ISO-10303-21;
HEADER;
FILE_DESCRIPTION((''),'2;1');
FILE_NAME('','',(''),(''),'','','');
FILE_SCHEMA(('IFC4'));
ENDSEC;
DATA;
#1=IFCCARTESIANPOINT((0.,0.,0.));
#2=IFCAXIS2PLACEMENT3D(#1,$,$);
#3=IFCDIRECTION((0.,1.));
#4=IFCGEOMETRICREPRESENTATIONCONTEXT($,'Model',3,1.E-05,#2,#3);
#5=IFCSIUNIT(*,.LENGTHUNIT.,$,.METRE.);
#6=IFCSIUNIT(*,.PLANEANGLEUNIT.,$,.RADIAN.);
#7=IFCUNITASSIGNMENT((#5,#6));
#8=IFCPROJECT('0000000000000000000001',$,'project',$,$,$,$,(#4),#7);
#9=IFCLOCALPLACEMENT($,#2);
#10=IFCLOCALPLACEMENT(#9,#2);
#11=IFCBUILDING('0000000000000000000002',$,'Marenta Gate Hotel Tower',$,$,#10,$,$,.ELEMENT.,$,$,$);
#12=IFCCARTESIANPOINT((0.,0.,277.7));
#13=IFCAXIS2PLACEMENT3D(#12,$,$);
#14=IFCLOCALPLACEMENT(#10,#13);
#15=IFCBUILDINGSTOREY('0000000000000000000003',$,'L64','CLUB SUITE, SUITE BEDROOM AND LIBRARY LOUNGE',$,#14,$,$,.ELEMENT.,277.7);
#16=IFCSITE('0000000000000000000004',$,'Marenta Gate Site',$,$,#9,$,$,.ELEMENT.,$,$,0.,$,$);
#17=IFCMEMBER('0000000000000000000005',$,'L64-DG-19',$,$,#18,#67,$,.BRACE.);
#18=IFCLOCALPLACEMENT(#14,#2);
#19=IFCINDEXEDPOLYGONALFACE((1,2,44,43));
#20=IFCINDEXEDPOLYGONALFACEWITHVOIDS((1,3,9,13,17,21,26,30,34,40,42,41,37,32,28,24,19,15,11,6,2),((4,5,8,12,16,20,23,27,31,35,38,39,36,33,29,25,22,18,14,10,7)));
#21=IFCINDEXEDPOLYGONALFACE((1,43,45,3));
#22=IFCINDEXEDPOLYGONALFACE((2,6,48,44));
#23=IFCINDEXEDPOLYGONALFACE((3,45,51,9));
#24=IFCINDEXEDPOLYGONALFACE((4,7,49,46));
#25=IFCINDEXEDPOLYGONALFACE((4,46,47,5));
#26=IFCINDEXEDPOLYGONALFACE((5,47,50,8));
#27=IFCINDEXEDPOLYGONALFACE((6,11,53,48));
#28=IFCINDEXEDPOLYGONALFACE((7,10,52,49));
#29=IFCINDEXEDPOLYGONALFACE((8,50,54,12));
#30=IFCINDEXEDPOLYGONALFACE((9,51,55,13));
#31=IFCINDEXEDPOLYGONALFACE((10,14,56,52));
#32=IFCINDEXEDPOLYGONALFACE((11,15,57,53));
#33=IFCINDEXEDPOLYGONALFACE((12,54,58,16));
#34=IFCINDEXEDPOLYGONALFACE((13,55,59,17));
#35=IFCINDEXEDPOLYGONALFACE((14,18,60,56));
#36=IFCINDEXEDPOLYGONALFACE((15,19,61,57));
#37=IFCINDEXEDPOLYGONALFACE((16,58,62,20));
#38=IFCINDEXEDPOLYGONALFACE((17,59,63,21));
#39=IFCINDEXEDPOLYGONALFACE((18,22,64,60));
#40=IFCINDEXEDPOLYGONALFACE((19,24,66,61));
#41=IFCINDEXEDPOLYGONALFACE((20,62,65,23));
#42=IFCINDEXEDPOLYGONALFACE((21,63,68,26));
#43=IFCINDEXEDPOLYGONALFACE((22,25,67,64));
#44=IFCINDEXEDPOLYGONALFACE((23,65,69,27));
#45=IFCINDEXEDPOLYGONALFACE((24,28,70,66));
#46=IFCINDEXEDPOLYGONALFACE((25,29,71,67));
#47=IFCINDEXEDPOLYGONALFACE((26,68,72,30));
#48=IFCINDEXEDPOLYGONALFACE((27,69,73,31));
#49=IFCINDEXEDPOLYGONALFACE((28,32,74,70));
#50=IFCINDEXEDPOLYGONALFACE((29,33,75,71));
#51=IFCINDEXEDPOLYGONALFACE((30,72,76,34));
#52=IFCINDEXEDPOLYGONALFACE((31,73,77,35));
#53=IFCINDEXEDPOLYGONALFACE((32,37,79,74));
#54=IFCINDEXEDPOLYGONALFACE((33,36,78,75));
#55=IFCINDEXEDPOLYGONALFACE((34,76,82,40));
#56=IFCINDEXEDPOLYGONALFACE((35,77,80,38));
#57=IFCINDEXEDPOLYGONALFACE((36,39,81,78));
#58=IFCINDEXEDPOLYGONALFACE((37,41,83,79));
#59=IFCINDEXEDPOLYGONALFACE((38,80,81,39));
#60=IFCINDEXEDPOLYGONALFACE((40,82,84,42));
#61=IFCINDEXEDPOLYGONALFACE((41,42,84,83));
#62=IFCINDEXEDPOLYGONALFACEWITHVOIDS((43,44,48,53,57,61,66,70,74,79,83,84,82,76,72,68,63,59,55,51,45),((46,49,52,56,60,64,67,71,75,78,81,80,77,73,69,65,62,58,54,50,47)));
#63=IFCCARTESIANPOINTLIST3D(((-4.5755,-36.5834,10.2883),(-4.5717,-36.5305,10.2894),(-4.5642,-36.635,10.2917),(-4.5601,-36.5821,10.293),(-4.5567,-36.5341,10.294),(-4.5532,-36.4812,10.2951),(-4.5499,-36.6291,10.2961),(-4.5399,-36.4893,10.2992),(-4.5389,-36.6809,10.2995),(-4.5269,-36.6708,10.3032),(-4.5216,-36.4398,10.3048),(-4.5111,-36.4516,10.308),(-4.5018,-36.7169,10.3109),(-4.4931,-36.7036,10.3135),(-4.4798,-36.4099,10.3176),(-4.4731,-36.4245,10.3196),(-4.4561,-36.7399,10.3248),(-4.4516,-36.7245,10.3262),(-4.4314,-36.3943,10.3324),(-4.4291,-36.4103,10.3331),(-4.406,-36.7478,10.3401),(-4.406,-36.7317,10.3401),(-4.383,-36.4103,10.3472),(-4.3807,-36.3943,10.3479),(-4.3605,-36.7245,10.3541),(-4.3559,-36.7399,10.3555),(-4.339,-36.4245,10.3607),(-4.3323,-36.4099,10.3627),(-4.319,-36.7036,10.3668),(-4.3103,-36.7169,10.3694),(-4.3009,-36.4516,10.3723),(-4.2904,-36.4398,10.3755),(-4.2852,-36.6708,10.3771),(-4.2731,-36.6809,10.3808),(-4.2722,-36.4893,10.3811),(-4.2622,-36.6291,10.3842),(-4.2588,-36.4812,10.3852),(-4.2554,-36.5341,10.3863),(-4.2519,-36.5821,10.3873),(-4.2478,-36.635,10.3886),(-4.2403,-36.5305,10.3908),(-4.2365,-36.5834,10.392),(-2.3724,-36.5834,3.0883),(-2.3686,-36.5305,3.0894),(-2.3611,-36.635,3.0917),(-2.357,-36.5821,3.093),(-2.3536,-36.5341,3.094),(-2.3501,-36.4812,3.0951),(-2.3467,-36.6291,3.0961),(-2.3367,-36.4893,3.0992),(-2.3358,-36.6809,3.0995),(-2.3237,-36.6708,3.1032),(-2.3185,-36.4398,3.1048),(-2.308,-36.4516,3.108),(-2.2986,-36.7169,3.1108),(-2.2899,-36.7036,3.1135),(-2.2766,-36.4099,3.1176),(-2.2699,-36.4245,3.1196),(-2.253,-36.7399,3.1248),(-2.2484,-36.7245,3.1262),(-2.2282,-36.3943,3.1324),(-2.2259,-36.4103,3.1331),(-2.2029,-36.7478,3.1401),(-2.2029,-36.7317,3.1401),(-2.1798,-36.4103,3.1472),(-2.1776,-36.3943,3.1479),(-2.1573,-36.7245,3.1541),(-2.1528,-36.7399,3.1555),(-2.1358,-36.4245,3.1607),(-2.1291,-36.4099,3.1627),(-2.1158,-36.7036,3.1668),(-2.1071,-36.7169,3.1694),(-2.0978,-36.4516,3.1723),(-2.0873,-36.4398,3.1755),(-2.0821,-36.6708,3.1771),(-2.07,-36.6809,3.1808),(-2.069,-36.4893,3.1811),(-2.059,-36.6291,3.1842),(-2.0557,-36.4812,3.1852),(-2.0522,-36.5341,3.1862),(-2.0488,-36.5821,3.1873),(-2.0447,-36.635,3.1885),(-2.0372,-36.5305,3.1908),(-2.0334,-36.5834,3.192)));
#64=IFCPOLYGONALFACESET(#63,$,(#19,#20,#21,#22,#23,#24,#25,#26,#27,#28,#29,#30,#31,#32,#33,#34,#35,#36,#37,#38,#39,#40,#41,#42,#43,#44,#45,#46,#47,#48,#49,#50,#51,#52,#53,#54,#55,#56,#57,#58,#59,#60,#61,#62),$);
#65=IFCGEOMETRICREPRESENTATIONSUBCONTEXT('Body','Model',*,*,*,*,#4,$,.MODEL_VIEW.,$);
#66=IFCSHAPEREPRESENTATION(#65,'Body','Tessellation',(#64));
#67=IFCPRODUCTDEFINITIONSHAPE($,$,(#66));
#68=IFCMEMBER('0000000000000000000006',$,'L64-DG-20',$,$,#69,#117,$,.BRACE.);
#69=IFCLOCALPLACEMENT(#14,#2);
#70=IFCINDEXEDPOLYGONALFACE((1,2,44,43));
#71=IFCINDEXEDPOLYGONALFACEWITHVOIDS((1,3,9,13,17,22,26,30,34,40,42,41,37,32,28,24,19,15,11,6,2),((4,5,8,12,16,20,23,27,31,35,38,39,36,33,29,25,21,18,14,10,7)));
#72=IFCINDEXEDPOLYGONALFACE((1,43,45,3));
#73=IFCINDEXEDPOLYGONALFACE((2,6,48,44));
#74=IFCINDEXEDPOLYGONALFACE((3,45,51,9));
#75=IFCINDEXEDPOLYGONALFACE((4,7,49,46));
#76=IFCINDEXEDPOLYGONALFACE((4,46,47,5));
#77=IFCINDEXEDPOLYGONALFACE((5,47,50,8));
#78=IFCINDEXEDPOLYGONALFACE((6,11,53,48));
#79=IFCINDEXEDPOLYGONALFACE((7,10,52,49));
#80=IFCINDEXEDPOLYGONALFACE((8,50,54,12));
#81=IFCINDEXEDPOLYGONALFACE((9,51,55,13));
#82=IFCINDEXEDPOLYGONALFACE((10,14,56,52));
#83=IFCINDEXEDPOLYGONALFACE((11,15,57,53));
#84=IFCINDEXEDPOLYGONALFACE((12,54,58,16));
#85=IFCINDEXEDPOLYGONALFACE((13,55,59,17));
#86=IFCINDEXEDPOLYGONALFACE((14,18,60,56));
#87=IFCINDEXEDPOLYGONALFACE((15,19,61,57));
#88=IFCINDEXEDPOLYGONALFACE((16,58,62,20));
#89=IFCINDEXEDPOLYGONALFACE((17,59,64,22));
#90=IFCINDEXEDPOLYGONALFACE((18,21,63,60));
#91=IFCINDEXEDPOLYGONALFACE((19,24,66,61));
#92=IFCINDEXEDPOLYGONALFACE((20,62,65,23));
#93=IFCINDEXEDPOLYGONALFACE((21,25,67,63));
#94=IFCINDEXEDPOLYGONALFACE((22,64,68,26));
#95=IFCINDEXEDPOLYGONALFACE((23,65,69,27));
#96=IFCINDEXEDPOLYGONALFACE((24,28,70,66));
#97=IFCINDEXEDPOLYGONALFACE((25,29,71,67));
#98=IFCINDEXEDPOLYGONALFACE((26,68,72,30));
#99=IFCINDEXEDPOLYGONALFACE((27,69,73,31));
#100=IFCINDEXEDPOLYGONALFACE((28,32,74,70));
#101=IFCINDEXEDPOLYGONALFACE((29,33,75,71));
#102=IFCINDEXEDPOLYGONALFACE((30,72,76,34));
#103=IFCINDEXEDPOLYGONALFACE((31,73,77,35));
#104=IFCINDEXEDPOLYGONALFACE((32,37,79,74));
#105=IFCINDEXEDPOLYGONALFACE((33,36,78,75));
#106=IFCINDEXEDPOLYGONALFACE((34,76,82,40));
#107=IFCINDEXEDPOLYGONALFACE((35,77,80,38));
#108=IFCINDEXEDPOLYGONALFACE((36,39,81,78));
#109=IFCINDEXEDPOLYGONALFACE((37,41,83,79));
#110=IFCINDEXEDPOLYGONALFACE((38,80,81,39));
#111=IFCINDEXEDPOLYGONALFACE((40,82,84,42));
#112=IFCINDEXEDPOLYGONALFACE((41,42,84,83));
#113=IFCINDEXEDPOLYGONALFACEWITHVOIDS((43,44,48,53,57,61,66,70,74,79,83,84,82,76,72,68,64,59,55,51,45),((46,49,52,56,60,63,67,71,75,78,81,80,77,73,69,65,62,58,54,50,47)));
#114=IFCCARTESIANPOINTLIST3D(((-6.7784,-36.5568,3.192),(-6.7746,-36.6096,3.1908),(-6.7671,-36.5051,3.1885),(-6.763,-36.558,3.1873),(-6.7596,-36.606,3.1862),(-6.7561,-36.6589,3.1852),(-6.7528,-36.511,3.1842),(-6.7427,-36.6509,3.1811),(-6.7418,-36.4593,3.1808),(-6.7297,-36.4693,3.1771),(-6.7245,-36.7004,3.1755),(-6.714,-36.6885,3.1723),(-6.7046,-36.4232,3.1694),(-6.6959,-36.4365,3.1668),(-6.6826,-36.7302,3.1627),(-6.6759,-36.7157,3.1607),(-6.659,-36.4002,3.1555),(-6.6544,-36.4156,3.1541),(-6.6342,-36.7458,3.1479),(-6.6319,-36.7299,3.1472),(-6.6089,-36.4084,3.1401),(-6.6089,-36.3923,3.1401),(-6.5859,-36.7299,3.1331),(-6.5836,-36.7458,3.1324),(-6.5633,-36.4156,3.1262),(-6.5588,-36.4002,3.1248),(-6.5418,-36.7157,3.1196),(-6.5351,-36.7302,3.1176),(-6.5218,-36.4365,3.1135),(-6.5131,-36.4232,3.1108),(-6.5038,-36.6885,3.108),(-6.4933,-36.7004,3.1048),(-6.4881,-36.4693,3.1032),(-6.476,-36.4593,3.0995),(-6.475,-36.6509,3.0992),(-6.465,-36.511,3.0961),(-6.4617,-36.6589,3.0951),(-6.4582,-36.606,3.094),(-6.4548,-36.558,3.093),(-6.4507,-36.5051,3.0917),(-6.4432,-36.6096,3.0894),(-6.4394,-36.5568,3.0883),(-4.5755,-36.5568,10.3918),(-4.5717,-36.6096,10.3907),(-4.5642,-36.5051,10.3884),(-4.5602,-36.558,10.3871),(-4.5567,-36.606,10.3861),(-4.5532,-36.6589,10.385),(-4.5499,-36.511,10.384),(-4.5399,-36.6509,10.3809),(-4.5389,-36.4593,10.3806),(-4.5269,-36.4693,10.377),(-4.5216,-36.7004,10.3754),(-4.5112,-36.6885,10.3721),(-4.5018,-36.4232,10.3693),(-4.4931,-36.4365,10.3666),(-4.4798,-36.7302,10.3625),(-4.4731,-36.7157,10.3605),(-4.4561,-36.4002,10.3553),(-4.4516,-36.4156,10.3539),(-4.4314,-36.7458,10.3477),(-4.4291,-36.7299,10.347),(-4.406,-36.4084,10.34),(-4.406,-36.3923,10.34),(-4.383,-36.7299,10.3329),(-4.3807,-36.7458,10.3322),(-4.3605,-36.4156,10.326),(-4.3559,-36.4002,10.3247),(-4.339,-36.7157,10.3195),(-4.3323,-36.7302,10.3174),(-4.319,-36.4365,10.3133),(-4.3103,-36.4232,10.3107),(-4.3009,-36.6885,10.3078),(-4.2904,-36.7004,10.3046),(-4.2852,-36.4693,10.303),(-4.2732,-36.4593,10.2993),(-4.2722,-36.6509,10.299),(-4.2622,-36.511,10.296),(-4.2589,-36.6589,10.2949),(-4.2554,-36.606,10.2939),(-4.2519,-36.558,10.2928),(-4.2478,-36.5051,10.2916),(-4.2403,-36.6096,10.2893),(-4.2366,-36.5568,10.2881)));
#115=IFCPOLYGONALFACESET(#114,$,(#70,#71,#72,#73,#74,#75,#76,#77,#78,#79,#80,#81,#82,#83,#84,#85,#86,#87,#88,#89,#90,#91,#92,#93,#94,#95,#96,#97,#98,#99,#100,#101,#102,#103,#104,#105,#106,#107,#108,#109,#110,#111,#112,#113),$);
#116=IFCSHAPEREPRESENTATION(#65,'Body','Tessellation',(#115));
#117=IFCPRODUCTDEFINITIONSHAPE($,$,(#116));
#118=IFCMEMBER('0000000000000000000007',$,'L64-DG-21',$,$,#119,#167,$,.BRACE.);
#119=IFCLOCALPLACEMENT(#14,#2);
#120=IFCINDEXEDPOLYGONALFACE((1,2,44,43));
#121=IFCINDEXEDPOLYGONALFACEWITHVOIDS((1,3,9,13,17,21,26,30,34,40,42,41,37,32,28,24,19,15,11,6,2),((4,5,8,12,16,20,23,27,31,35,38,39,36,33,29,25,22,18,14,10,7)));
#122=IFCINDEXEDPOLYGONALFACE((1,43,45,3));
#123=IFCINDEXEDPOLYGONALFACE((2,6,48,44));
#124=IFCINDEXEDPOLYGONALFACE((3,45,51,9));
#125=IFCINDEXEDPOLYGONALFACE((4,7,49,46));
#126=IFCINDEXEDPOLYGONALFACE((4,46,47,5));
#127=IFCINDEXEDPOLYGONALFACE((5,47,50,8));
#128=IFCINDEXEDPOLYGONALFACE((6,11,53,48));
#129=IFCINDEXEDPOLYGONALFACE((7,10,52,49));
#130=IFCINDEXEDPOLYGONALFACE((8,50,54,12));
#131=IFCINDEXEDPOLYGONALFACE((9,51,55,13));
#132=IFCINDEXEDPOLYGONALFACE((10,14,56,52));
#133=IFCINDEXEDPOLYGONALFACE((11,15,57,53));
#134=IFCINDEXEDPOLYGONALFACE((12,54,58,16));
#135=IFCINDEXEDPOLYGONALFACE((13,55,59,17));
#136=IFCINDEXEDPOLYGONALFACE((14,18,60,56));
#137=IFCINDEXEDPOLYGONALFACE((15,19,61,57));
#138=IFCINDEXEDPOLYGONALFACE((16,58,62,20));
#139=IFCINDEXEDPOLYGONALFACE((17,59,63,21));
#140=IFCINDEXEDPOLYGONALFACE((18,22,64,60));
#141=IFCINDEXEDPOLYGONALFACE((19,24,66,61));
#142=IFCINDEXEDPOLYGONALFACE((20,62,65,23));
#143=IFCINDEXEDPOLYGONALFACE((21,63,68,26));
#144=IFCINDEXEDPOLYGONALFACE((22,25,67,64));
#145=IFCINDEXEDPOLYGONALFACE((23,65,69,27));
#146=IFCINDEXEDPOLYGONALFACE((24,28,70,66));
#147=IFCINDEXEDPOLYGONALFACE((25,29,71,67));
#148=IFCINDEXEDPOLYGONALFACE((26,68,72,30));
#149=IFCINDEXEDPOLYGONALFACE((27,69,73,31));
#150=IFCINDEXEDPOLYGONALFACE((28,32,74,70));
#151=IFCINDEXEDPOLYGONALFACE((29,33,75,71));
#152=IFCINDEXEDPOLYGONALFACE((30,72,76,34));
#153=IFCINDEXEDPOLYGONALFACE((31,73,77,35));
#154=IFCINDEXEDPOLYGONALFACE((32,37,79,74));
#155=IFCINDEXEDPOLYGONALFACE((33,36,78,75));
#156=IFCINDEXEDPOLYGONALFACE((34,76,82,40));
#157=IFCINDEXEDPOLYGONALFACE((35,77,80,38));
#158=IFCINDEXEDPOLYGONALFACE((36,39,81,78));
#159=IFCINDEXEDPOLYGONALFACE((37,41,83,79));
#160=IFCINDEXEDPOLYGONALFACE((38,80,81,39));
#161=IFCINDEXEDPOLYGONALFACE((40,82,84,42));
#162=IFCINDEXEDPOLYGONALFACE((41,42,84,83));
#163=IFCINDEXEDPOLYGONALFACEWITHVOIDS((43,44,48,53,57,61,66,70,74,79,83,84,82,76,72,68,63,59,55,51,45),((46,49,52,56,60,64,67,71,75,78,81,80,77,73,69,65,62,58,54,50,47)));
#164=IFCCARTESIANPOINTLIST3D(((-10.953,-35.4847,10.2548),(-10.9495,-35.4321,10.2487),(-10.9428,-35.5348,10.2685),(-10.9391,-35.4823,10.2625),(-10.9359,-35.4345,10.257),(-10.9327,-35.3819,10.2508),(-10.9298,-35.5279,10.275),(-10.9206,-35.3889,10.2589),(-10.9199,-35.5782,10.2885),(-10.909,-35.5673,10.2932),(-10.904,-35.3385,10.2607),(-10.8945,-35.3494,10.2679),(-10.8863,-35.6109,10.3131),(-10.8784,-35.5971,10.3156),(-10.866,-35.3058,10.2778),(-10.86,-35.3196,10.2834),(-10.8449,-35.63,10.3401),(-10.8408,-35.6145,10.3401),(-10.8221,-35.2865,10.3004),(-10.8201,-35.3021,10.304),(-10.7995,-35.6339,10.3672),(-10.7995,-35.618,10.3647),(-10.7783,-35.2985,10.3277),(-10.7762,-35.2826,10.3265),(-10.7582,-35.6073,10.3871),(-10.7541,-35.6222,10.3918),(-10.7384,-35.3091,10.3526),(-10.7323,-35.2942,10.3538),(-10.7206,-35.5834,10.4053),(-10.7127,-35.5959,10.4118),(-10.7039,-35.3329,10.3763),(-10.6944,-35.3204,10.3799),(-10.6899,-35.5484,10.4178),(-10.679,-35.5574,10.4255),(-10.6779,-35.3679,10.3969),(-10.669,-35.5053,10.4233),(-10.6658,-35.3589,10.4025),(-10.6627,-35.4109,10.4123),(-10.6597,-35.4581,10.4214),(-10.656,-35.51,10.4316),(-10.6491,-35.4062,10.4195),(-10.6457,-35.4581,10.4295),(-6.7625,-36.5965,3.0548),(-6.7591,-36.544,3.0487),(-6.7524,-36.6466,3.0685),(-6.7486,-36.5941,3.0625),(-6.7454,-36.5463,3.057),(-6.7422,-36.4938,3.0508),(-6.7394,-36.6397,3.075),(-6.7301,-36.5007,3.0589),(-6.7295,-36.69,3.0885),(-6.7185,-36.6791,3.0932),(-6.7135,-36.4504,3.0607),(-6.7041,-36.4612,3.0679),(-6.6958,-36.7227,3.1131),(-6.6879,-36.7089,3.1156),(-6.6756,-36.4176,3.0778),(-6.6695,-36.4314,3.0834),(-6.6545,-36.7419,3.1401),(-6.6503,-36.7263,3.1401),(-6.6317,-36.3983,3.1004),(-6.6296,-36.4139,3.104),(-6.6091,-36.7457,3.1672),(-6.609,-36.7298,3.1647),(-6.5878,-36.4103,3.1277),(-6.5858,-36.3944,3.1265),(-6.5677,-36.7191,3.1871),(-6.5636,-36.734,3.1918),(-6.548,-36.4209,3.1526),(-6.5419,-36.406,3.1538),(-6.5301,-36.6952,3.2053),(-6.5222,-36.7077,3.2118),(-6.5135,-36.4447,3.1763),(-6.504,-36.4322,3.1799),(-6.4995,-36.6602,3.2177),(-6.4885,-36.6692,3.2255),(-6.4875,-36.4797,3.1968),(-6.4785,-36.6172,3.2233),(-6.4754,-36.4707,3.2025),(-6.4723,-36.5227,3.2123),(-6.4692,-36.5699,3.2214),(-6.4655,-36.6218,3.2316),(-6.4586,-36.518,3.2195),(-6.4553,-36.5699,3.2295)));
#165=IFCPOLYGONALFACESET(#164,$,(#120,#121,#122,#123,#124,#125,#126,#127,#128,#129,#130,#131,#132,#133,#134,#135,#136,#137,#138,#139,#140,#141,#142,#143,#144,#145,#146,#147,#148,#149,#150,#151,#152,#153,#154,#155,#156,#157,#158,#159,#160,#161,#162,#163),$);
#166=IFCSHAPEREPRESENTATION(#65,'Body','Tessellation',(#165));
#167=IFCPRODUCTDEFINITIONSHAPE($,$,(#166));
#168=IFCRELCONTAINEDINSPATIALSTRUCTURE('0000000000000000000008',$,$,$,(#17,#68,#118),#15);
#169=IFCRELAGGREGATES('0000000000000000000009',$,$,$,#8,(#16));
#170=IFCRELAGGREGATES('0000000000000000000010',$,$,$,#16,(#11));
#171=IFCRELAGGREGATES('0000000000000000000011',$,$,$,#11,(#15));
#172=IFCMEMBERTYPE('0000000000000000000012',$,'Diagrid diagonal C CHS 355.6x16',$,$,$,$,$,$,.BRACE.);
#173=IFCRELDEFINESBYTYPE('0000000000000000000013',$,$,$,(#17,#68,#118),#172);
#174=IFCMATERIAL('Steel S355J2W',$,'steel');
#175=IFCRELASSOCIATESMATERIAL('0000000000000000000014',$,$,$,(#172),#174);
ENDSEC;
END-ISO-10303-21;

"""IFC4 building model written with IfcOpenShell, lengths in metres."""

from ifc_helpers import new_model, si_unit, direction, frame, origin, origin_2d, place, context, subcontext, project, spatial, hollow_circle, extrude, material, material_profile, profile_set, type_object, element, save


model = new_model("IFC4")

# Units and contexts
model_context = context("Model", 3, precision=1e-05, world=origin(), true_north=direction((0.0, 1.0)))
body_context = subcontext(model_context, "Body", "Model", "MODEL_VIEW")
ifc_project = project(units=[si_unit("LENGTHUNIT", "METRE"), si_unit("PLANEANGLEUNIT", "RADIAN")], contexts=[model_context])

# Site, building, storey
site_placement = place(None, origin())
site = spatial("IfcSite", under=ifc_project, at=site_placement, Name="Marenta Gate Site", CompositionType="ELEMENT", RefElevation=0.0)
building_placement = place(site_placement, origin())
building = spatial("IfcBuilding", under=site, at=building_placement, Name="Marenta Gate Hotel Tower", CompositionType="ELEMENT")
storey_placement = place(building_placement, frame((0.0, 0.0, 277.7)))
storey = spatial("IfcBuildingStorey", under=building, at=storey_placement, Name="L64", Description="CLUB SUITE, SUITE BEDROOM AND LIBRARY LOUNGE", CompositionType="ELEMENT", Elevation=277.7)

# Members
ifc_material_1 = material(Name="Steel S355J2W", Category="steel")
ifc_material_profile_1 = material_profile(ifc_material_1, hollow_circle(Radius=0.1777, WallThickness=0.0161, at=origin_2d()), Name="CHS 355.6x16")
ifc_profile_set_1 = profile_set([ifc_material_profile_1], Name="Steel S355J2W")
member_type_1 = type_object("IfcMemberType", Name="Diagrid diagonal C CHS 355.6x16", PredefinedType="BRACE", material=ifc_profile_set_1)
member_1_placement = place(storey_placement, frame((-2.2029, -36.5701, 3.1401), z_axis=(-0.2926, 0.0, 0.956235), x_axis=(0.0, -1.0, 0.0)))
element("IfcMember", 1, at=member_1_placement, inside=storey, type_object=member_type_1, Name="L64-DG-19", PredefinedType="BRACE", context=body_context, shape_type="SweptSolid", body=[
    extrude(hollow_circle(Radius=0.1777, WallThickness=0.0161, at=origin_2d()), origin(), (0.0, 0.0, 1.0), 7.5295),
])
member_2_placement = place(storey_placement, frame((-6.6089, -36.5701, 3.1401), z_axis=(0.29257, 0.0, 0.956244), x_axis=(0.0, 1.0, 0.0)))
element("IfcMember", 2, at=member_2_placement, inside=storey, type_object=member_type_1, Name="L64-DG-20", PredefinedType="BRACE", context=body_context, shape_type="SweptSolid", body=[
    extrude(hollow_circle(Radius=0.1777, WallThickness=0.0161, at=origin_2d()), origin(), (0.0, 0.0, 1.0), 7.5293),
])
member_3_placement = place(storey_placement, frame((-6.6089, -36.5701, 3.1401), z_axis=(-0.498595, 0.132289, 0.856681), x_axis=(-0.25645, -0.966558, 0.0)))
element("IfcMember", 3, at=member_3_placement, inside=storey, type_object=member_type_1, Name="L64-DG-21", PredefinedType="BRACE", context=body_context, shape_type="SweptSolid", body=[
    extrude(hollow_circle(Radius=0.1777, WallThickness=0.0161, at=origin_2d()), origin(), (0.0, 0.0, 1.0), 8.4045),
])

save(model, "model.ifc")
